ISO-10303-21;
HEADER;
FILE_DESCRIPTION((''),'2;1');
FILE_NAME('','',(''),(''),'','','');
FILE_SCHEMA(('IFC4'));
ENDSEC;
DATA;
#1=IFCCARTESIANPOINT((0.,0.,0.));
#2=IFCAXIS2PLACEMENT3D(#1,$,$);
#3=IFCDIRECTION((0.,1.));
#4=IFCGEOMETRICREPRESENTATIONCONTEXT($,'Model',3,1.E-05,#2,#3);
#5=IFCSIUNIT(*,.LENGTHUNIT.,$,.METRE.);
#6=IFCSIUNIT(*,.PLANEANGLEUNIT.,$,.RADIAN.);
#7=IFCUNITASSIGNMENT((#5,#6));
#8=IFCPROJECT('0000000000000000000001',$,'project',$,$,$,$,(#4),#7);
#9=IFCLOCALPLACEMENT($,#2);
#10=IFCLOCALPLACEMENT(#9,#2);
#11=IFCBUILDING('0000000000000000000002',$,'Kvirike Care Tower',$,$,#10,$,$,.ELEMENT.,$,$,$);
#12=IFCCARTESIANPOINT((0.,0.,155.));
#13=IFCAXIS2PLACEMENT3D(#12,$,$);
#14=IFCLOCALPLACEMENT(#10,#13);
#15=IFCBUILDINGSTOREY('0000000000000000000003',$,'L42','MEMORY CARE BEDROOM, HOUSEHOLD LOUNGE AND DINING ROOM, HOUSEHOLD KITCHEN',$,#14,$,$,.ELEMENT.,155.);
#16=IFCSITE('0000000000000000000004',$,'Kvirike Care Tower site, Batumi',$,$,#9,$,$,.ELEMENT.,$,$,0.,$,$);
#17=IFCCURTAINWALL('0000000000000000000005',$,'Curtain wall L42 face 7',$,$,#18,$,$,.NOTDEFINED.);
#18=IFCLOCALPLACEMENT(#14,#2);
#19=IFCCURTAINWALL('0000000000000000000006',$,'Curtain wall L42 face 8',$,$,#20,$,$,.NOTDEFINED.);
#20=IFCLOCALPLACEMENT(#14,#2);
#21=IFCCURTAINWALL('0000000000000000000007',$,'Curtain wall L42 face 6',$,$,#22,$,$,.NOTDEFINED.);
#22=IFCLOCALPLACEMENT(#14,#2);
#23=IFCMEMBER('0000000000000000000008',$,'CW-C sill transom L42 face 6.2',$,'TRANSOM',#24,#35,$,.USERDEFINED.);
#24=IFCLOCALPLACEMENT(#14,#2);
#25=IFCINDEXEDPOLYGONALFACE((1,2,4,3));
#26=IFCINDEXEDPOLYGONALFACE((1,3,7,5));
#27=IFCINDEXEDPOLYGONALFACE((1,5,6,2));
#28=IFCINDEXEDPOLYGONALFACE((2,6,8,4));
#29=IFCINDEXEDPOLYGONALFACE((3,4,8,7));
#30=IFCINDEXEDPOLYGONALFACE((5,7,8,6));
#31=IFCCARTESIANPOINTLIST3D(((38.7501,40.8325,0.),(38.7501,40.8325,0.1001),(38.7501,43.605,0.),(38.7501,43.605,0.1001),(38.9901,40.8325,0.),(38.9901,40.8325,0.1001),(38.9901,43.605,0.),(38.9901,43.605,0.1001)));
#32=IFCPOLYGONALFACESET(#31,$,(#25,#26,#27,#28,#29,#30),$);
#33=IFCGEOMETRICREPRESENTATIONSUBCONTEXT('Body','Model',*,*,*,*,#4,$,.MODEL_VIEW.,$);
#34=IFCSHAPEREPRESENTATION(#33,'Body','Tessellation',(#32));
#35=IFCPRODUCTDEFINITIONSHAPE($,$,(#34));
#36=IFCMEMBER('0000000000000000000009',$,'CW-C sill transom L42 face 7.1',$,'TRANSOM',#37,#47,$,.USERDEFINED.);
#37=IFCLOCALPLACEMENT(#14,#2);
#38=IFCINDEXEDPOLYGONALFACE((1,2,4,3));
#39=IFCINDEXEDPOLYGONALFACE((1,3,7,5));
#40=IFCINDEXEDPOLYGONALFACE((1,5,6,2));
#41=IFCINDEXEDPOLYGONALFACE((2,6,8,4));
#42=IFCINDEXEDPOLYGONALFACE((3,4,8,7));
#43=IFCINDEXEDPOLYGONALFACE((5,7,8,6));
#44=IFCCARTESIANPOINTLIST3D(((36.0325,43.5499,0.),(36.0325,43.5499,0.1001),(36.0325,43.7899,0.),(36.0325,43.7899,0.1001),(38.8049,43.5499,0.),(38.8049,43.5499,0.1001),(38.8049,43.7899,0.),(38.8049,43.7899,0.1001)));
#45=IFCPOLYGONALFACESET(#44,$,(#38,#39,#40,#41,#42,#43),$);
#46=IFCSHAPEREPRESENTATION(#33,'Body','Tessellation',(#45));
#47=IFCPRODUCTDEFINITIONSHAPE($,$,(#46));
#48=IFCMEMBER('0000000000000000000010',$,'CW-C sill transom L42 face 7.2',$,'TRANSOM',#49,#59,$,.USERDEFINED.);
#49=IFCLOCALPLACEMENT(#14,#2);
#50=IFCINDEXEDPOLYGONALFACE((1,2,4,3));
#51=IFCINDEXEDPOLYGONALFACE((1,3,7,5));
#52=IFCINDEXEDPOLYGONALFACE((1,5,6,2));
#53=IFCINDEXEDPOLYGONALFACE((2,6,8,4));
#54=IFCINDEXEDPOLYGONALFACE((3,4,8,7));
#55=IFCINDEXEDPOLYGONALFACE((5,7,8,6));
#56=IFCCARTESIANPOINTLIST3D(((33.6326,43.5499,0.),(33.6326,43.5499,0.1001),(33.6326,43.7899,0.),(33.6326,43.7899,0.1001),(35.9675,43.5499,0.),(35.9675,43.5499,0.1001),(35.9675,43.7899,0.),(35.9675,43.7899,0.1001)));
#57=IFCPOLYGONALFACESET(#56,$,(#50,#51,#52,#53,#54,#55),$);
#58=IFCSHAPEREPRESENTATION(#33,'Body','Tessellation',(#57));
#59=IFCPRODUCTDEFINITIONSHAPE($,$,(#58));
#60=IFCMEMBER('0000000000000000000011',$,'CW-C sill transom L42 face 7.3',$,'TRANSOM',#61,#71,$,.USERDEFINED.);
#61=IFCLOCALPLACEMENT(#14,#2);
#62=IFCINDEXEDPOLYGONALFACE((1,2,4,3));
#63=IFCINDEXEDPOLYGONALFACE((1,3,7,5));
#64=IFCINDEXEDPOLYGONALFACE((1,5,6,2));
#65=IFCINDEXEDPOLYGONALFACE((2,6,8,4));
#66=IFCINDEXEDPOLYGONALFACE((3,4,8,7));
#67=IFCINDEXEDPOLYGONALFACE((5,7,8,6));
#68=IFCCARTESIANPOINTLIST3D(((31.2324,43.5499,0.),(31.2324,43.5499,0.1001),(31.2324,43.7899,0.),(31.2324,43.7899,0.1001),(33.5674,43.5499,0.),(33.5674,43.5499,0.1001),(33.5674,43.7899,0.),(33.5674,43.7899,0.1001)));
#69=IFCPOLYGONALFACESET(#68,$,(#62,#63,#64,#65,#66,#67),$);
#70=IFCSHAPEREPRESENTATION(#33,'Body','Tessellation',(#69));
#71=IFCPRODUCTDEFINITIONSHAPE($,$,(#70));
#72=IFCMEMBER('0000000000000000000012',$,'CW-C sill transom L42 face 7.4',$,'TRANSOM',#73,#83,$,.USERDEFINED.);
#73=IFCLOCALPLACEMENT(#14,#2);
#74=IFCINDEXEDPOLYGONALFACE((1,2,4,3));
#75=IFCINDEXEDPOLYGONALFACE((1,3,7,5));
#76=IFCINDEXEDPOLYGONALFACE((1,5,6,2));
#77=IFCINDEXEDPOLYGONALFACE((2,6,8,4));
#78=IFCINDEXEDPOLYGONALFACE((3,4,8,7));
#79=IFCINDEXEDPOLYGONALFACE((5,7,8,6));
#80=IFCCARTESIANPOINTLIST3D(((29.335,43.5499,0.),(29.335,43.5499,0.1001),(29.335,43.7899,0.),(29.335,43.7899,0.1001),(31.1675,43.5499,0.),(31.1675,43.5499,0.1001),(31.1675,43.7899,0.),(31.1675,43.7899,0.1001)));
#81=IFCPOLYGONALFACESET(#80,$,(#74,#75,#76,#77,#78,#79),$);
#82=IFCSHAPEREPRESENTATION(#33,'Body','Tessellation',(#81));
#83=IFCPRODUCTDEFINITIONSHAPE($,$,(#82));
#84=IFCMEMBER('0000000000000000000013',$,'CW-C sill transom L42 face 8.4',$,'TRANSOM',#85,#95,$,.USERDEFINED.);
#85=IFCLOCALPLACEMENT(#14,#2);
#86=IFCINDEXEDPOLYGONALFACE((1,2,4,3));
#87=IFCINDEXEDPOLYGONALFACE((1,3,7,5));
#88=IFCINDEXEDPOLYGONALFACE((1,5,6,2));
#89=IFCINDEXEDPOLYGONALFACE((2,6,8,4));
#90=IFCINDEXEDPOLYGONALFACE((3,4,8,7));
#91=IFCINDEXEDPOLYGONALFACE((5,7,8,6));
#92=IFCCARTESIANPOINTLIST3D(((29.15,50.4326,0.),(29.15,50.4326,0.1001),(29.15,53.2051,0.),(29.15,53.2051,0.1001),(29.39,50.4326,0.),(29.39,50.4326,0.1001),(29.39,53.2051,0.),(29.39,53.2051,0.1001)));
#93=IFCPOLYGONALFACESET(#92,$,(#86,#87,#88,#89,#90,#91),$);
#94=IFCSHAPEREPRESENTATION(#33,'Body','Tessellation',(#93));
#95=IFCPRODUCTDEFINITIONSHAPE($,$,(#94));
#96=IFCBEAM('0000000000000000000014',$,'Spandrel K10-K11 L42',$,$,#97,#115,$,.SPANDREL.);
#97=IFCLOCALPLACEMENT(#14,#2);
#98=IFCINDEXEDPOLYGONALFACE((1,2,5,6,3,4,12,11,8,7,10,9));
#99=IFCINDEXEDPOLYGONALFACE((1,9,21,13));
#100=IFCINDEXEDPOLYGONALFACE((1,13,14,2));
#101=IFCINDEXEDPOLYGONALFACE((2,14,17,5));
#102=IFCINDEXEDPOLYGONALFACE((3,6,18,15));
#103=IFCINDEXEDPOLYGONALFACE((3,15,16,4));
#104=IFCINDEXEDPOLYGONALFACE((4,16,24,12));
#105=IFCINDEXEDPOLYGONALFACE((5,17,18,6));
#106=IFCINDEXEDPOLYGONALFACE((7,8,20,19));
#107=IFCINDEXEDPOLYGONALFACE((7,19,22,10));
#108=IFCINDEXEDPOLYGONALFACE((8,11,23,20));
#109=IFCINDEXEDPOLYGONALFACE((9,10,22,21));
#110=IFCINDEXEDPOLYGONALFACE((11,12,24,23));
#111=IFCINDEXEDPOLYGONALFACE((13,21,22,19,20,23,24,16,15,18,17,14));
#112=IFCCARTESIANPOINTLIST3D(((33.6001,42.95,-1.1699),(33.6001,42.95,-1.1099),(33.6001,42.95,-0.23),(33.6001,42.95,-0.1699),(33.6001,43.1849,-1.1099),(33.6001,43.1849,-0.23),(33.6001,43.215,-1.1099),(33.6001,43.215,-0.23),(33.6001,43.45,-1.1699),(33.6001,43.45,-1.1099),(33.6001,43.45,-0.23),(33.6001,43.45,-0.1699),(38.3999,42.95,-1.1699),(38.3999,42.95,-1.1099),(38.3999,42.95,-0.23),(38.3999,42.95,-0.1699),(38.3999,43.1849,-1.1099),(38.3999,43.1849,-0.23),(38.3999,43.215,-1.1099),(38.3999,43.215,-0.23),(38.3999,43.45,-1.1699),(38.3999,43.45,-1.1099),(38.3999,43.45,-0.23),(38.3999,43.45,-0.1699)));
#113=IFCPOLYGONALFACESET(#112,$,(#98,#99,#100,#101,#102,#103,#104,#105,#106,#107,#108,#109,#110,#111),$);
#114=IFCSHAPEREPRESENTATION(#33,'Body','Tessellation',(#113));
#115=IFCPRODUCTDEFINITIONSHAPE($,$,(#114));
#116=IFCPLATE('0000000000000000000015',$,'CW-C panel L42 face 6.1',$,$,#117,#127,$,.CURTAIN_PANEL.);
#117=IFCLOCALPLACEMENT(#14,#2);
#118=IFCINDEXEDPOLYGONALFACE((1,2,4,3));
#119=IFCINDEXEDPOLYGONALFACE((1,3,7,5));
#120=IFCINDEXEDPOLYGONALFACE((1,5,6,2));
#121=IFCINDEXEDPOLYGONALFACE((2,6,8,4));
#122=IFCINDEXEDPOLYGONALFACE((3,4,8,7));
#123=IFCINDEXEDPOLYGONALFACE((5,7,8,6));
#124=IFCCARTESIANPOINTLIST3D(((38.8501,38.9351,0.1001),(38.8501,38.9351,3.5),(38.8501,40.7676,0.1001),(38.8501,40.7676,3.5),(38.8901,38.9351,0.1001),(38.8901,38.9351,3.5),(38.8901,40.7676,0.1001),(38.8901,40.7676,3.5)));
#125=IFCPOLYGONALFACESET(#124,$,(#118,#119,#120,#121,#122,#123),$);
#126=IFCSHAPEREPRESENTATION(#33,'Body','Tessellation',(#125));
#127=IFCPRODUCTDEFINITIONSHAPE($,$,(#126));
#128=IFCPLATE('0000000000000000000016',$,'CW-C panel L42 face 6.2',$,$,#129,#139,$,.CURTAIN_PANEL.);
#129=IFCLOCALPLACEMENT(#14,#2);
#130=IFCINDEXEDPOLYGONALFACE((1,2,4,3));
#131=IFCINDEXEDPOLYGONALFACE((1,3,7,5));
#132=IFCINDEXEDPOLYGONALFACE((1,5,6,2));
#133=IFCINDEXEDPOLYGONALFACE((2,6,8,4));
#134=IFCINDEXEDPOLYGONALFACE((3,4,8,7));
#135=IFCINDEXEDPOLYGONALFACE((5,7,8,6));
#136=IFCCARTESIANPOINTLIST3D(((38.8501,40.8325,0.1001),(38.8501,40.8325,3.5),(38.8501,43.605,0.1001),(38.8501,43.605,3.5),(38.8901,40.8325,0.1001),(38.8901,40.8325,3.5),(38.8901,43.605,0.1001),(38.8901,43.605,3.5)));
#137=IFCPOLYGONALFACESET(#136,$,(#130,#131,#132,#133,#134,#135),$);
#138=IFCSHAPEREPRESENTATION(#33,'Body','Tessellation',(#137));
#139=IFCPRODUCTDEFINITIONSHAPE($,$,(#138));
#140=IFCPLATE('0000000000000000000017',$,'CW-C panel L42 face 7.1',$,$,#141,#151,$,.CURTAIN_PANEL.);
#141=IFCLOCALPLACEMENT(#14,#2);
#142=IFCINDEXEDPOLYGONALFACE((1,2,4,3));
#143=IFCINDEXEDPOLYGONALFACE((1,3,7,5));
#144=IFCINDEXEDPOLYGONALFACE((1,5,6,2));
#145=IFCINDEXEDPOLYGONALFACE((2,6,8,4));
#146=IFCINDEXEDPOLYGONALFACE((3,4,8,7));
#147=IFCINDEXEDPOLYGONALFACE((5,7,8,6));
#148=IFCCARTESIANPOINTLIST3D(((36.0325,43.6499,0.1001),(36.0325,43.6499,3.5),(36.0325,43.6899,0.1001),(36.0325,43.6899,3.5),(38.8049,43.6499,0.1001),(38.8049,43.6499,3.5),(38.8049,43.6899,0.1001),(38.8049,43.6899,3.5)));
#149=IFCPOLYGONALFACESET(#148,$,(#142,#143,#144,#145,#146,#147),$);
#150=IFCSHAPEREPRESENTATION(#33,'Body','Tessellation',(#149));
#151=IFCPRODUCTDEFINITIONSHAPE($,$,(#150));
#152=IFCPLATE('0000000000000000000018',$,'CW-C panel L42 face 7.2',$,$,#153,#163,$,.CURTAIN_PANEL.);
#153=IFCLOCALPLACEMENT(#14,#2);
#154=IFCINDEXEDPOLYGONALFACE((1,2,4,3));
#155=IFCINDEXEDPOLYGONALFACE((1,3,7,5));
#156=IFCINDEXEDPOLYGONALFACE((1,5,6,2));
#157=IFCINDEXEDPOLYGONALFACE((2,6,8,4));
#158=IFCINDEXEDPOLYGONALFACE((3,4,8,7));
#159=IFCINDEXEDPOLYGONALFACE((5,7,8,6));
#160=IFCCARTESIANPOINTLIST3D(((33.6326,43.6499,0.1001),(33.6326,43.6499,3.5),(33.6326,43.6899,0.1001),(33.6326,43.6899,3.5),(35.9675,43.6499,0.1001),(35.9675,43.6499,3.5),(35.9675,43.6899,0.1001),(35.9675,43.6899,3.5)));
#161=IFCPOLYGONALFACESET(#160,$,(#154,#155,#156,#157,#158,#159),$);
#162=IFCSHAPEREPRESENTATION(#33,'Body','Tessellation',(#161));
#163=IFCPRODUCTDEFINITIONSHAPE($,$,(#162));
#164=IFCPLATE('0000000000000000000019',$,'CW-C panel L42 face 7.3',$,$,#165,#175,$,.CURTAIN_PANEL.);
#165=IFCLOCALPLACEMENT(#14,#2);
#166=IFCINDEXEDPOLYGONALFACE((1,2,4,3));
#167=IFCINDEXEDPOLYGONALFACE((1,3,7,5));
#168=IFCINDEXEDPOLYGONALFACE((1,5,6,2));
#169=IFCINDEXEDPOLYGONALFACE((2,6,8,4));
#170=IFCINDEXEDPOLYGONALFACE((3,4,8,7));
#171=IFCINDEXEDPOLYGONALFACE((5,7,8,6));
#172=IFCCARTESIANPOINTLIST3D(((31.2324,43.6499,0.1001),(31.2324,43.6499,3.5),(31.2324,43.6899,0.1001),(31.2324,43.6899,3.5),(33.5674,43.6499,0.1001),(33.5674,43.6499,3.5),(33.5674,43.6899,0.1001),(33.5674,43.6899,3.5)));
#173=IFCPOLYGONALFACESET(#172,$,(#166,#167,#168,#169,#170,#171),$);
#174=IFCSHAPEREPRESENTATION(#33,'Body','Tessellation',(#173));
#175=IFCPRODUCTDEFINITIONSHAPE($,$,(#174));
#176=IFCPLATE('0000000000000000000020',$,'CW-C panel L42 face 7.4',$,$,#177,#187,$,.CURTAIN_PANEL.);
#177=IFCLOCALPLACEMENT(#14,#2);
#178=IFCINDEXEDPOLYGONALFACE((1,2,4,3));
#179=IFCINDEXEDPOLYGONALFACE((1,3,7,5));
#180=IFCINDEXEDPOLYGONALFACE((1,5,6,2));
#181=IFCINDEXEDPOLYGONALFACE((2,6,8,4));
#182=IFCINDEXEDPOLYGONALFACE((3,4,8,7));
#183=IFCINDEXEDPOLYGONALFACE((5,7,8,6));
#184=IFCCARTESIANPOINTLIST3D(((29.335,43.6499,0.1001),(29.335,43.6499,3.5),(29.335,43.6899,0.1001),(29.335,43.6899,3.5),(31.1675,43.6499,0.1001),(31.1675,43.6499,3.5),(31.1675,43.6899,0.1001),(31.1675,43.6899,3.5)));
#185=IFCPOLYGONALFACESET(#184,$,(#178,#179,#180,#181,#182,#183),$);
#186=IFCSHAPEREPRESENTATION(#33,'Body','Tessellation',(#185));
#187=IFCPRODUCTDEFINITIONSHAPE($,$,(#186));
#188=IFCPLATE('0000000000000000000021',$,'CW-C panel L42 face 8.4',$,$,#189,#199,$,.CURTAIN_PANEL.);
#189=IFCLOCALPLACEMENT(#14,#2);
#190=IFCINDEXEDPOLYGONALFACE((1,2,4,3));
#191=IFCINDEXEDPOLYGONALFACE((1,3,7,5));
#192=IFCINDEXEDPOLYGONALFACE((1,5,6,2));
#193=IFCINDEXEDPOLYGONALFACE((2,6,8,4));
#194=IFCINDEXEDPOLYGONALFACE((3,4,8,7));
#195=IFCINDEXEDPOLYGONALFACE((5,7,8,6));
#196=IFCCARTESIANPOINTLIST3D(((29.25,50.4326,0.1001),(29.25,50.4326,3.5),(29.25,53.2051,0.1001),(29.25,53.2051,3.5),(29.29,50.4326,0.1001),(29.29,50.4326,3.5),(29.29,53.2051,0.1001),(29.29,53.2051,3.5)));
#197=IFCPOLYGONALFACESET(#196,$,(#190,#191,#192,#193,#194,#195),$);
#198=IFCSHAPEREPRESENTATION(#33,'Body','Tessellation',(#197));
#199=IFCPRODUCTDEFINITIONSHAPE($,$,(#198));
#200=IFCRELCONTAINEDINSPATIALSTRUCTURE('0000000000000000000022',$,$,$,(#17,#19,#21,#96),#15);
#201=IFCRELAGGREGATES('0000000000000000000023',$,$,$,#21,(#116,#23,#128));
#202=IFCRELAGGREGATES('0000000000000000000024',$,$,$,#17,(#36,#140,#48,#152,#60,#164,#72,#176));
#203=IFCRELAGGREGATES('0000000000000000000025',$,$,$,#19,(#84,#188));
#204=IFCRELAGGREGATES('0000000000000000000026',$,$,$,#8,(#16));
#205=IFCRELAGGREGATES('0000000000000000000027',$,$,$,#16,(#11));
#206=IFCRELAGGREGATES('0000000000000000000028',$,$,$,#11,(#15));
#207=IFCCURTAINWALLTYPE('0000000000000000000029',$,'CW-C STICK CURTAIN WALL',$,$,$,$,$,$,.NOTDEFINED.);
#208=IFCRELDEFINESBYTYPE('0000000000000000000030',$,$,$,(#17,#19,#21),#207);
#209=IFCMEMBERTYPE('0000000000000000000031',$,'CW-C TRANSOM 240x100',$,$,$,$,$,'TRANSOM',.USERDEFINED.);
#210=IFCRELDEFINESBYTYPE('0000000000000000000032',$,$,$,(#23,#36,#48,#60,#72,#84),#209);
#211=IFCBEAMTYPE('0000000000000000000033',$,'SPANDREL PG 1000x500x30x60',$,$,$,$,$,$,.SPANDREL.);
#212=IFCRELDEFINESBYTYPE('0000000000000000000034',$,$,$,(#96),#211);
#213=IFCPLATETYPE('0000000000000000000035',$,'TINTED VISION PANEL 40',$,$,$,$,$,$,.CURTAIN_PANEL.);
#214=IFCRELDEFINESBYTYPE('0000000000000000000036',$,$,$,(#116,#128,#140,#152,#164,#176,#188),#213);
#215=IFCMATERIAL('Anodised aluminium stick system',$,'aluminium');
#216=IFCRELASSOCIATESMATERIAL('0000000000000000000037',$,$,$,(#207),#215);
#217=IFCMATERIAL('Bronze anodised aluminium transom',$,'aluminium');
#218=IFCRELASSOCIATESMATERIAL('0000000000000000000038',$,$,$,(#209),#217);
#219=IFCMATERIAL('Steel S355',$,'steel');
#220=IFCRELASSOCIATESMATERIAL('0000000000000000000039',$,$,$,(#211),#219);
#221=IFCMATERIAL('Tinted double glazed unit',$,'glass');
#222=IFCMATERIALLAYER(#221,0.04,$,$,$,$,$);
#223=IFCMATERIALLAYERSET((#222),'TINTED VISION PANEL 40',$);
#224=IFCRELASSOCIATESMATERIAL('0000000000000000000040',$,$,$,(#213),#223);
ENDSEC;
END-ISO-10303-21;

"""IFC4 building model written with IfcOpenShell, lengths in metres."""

from ifc_helpers import new_model, si_unit, direction, frame, origin, origin_2d, place, context, subcontext, project, spatial, rectangle, i_section, extrude, material, layer, layer_set, material_profile, profile_set, type_object, element, aggregate, save


model = new_model("IFC4")

# Units and contexts
model_context = context("Model", 3, precision=1e-05, world=origin(), true_north=direction((0.0, 1.0)))
body_context = subcontext(model_context, "Body", "Model", "MODEL_VIEW")
ifc_project = project(units=[si_unit("LENGTHUNIT", "METRE"), si_unit("PLANEANGLEUNIT", "RADIAN")], contexts=[model_context])

# Site, building, storey
site_placement = place(None, origin())
site = spatial("IfcSite", under=ifc_project, at=site_placement, Name="Kvirike Care Tower site, Batumi", CompositionType="ELEMENT", RefElevation=0.0)
building_placement = place(site_placement, origin())
building = spatial("IfcBuilding", under=site, at=building_placement, Name="Kvirike Care Tower", CompositionType="ELEMENT")
storey_placement = place(building_placement, frame((0.0, 0.0, 155.0)))
storey = spatial("IfcBuildingStorey", under=building, at=storey_placement, Name="L42", Description="MEMORY CARE BEDROOM, HOUSEHOLD LOUNGE AND DINING ROOM, HOUSEHOLD KITCHEN", CompositionType="ELEMENT", Elevation=155.0)

# Curtain walls
ifc_material_1 = material(Name="Anodised aluminium stick system", Category="aluminium")
curtain_wall_type = type_object("IfcCurtainWallType", Name="CW-C STICK CURTAIN WALL", PredefinedType="NOTDEFINED", material=ifc_material_1)
curtain_wall_1_placement = place(storey_placement, origin())
curtain_wall_1 = element("IfcCurtainWall", 1, at=curtain_wall_1_placement, inside=storey, type_object=curtain_wall_type, Name="Curtain wall L42 face 7", PredefinedType="NOTDEFINED")
curtain_wall_2_placement = place(storey_placement, origin())
curtain_wall_2 = element("IfcCurtainWall", 2, at=curtain_wall_2_placement, inside=storey, type_object=curtain_wall_type, Name="Curtain wall L42 face 8", PredefinedType="NOTDEFINED")

# Curtain wall
curtain_wall_3_placement = place(storey_placement, origin())
curtain_wall_3 = element("IfcCurtainWall", 3, at=curtain_wall_3_placement, inside=storey, type_object=curtain_wall_type, Name="Curtain wall L42 face 6", PredefinedType="NOTDEFINED")

# Members
ifc_material_2 = material(Name="Bronze anodised aluminium transom", Category="aluminium")
ifc_material_profile_1 = material_profile(ifc_material_2, rectangle(XDim=0.24, YDim=0.1001, at=origin_2d()), Name="CW-C TRANSOM 240x100")
ifc_profile_set_1 = profile_set([ifc_material_profile_1], Name="Bronze anodised aluminium transom")
member_type_1 = type_object("IfcMemberType", Name="CW-C TRANSOM 240x100", ElementType="TRANSOM", PredefinedType="USERDEFINED", material=ifc_profile_set_1)
member_1_placement = place(storey_placement, frame((38.8701, 40.8325, 0.05), z_axis=(0.0, 1.0, 0.0), x_axis=(-1.0, 0.0, 0.0)))
member_1 = element("IfcMember", 4, at=member_1_placement, type_object=member_type_1, Name="CW-C sill transom L42 face 6.2", ObjectType="TRANSOM", PredefinedType="USERDEFINED", context=body_context, shape_type="SweptSolid", body=[
    extrude(rectangle(XDim=0.24, YDim=0.1001, at=origin_2d()), origin(), (0.0, 0.0, 1.0), 2.7725),
])
member_2_placement = place(storey_placement, frame((38.8049, 43.6699, 0.05), z_axis=(-1.0, 0.0, 0.0), x_axis=(0.0, -1.0, 0.0)))
member_2 = element("IfcMember", 5, at=member_2_placement, type_object=member_type_1, Name="CW-C sill transom L42 face 7.1", ObjectType="TRANSOM", PredefinedType="USERDEFINED", context=body_context, shape_type="SweptSolid", body=[
    extrude(rectangle(XDim=0.24, YDim=0.1001, at=origin_2d()), origin(), (0.0, 0.0, 1.0), 2.7725),
])
member_3_placement = place(storey_placement, frame((35.9675, 43.6699, 0.05), z_axis=(-1.0, 0.0, 0.0), x_axis=(0.0, -1.0, 0.0)))
member_3 = element("IfcMember", 6, at=member_3_placement, type_object=member_type_1, Name="CW-C sill transom L42 face 7.2", ObjectType="TRANSOM", PredefinedType="USERDEFINED", context=body_context, shape_type="SweptSolid", body=[
    extrude(rectangle(XDim=0.24, YDim=0.1001, at=origin_2d()), origin(), (0.0, 0.0, 1.0), 2.335),
])
member_4_placement = place(storey_placement, frame((33.5674, 43.6699, 0.05), z_axis=(-1.0, 0.0, 0.0), x_axis=(0.0, -1.0, 0.0)))
member_4 = element("IfcMember", 7, at=member_4_placement, type_object=member_type_1, Name="CW-C sill transom L42 face 7.3", ObjectType="TRANSOM", PredefinedType="USERDEFINED", context=body_context, shape_type="SweptSolid", body=[
    extrude(rectangle(XDim=0.24, YDim=0.1001, at=origin_2d()), origin(), (0.0, 0.0, 1.0), 2.335),
])
member_5_placement = place(storey_placement, frame((31.1675, 43.6699, 0.05), z_axis=(-1.0, 0.0, 0.0), x_axis=(0.0, -1.0, 0.0)))
member_5 = element("IfcMember", 8, at=member_5_placement, type_object=member_type_1, Name="CW-C sill transom L42 face 7.4", ObjectType="TRANSOM", PredefinedType="USERDEFINED", context=body_context, shape_type="SweptSolid", body=[
    extrude(rectangle(XDim=0.24, YDim=0.1001, at=origin_2d()), origin(), (0.0, 0.0, 1.0), 1.8325),
])
member_6_placement = place(storey_placement, frame((29.27, 50.4326, 0.05), z_axis=(0.0, 1.0, 0.0), x_axis=(-1.0, 0.0, 0.0)))
member_6 = element("IfcMember", 9, at=member_6_placement, type_object=member_type_1, Name="CW-C sill transom L42 face 8.4", ObjectType="TRANSOM", PredefinedType="USERDEFINED", context=body_context, shape_type="SweptSolid", body=[
    extrude(rectangle(XDim=0.24, YDim=0.1001, at=origin_2d()), origin(), (0.0, 0.0, 1.0), 2.7725),
])

# Beam
ifc_material_3 = material(Name="Steel S355", Category="steel")
ifc_material_profile_2 = material_profile(ifc_material_3, i_section(OverallWidth=0.5, OverallDepth=1.0, WebThickness=0.03, FlangeThickness=0.0601, at=origin_2d()), Name="PG 1000x500x30x60")
ifc_profile_set_2 = profile_set([ifc_material_profile_2], Name="Steel S355")
beam_type = type_object("IfcBeamType", Name="SPANDREL PG 1000x500x30x60", PredefinedType="SPANDREL", material=ifc_profile_set_2)
beam_placement = place(storey_placement, frame((33.6001, 43.2, -0.6699), z_axis=(1.0, 0.0, 0.0), x_axis=(0.0, 1.0, 0.0)))
element("IfcBeam", 10, at=beam_placement, inside=storey, type_object=beam_type, Name="Spandrel K10-K11 L42", PredefinedType="SPANDREL", context=body_context, shape_type="SweptSolid", body=[
    extrude(i_section(OverallWidth=0.5, OverallDepth=1.0, WebThickness=0.03, FlangeThickness=0.0601, at=origin_2d()), origin(), (0.0, 0.0, 1.0), 4.7998),
])

# Plates
ifc_material_4 = material(Name="Tinted double glazed unit", Category="glass")
ifc_layer_1 = layer(ifc_material_4, 0.04)
ifc_layer_set_1 = layer_set([ifc_layer_1], Name="TINTED VISION PANEL 40")
plate_type = type_object("IfcPlateType", Name="TINTED VISION PANEL 40", PredefinedType="CURTAIN_PANEL", material=ifc_layer_set_1)
plate_1_placement = place(storey_placement, frame((38.8701, 39.8513, 0.1001), z_axis=(0.0, 0.0, 1.0), x_axis=(0.0, 1.0, 0.0)))
plate_1 = element("IfcPlate", 11, at=plate_1_placement, type_object=plate_type, Name="CW-C panel L42 face 6.1", PredefinedType="CURTAIN_PANEL", context=body_context, shape_type="SweptSolid", body=[
    extrude(rectangle(XDim=1.8325, YDim=0.04, at=origin_2d()), origin(), (0.0, 0.0, 1.0), 3.3999),
])
plate_2_placement = place(storey_placement, frame((38.8701, 42.2188, 0.1001), z_axis=(0.0, 0.0, 1.0), x_axis=(0.0, 1.0, 0.0)))
plate_2 = element("IfcPlate", 12, at=plate_2_placement, type_object=plate_type, Name="CW-C panel L42 face 6.2", PredefinedType="CURTAIN_PANEL", context=body_context, shape_type="SweptSolid", body=[
    extrude(rectangle(XDim=2.7725, YDim=0.04, at=origin_2d()), origin(), (0.0, 0.0, 1.0), 3.3999),
])
aggregate(curtain_wall_3, [plate_1, member_1, plate_2])
plate_3_placement = place(storey_placement, frame((37.4187, 43.6699, 0.1001), z_axis=(0.0, 0.0, 1.0), x_axis=(-1.0, 0.0, 0.0)))
plate_3 = element("IfcPlate", 13, at=plate_3_placement, type_object=plate_type, Name="CW-C panel L42 face 7.1", PredefinedType="CURTAIN_PANEL", context=body_context, shape_type="SweptSolid", body=[
    extrude(rectangle(XDim=2.7725, YDim=0.04, at=origin_2d()), origin(), (0.0, 0.0, 1.0), 3.3999),
])
plate_4_placement = place(storey_placement, frame((34.8, 43.6699, 0.1001), z_axis=(0.0, 0.0, 1.0), x_axis=(-1.0, 0.0, 0.0)))
plate_4 = element("IfcPlate", 14, at=plate_4_placement, type_object=plate_type, Name="CW-C panel L42 face 7.2", PredefinedType="CURTAIN_PANEL", context=body_context, shape_type="SweptSolid", body=[
    extrude(rectangle(XDim=2.335, YDim=0.04, at=origin_2d()), origin(), (0.0, 0.0, 1.0), 3.3999),
])
plate_5_placement = place(storey_placement, frame((32.3999, 43.6699, 0.1001), z_axis=(0.0, 0.0, 1.0), x_axis=(-1.0, 0.0, 0.0)))
plate_5 = element("IfcPlate", 15, at=plate_5_placement, type_object=plate_type, Name="CW-C panel L42 face 7.3", PredefinedType="CURTAIN_PANEL", context=body_context, shape_type="SweptSolid", body=[
    extrude(rectangle(XDim=2.335, YDim=0.04, at=origin_2d()), origin(), (0.0, 0.0, 1.0), 3.3999),
])
plate_6_placement = place(storey_placement, frame((30.2512, 43.6699, 0.1001), z_axis=(0.0, 0.0, 1.0), x_axis=(-1.0, 0.0, 0.0)))
plate_6 = element("IfcPlate", 16, at=plate_6_placement, type_object=plate_type, Name="CW-C panel L42 face 7.4", PredefinedType="CURTAIN_PANEL", context=body_context, shape_type="SweptSolid", body=[
    extrude(rectangle(XDim=1.8325, YDim=0.04, at=origin_2d()), origin(), (0.0, 0.0, 1.0), 3.3999),
])
aggregate(curtain_wall_1, [member_2, plate_3, member_3, plate_4, member_4, plate_5, member_5, plate_6])
plate_7_placement = place(storey_placement, frame((29.27, 51.8188, 0.1001), z_axis=(0.0, 0.0, 1.0), x_axis=(0.0, 1.0, 0.0)))
plate_7 = element("IfcPlate", 17, at=plate_7_placement, type_object=plate_type, Name="CW-C panel L42 face 8.4", PredefinedType="CURTAIN_PANEL", context=body_context, shape_type="SweptSolid", body=[
    extrude(rectangle(XDim=2.7725, YDim=0.04, at=origin_2d()), origin(), (0.0, 0.0, 1.0), 3.3999),
])
aggregate(curtain_wall_2, [member_6, plate_7])

save(model, "model.ifc")
